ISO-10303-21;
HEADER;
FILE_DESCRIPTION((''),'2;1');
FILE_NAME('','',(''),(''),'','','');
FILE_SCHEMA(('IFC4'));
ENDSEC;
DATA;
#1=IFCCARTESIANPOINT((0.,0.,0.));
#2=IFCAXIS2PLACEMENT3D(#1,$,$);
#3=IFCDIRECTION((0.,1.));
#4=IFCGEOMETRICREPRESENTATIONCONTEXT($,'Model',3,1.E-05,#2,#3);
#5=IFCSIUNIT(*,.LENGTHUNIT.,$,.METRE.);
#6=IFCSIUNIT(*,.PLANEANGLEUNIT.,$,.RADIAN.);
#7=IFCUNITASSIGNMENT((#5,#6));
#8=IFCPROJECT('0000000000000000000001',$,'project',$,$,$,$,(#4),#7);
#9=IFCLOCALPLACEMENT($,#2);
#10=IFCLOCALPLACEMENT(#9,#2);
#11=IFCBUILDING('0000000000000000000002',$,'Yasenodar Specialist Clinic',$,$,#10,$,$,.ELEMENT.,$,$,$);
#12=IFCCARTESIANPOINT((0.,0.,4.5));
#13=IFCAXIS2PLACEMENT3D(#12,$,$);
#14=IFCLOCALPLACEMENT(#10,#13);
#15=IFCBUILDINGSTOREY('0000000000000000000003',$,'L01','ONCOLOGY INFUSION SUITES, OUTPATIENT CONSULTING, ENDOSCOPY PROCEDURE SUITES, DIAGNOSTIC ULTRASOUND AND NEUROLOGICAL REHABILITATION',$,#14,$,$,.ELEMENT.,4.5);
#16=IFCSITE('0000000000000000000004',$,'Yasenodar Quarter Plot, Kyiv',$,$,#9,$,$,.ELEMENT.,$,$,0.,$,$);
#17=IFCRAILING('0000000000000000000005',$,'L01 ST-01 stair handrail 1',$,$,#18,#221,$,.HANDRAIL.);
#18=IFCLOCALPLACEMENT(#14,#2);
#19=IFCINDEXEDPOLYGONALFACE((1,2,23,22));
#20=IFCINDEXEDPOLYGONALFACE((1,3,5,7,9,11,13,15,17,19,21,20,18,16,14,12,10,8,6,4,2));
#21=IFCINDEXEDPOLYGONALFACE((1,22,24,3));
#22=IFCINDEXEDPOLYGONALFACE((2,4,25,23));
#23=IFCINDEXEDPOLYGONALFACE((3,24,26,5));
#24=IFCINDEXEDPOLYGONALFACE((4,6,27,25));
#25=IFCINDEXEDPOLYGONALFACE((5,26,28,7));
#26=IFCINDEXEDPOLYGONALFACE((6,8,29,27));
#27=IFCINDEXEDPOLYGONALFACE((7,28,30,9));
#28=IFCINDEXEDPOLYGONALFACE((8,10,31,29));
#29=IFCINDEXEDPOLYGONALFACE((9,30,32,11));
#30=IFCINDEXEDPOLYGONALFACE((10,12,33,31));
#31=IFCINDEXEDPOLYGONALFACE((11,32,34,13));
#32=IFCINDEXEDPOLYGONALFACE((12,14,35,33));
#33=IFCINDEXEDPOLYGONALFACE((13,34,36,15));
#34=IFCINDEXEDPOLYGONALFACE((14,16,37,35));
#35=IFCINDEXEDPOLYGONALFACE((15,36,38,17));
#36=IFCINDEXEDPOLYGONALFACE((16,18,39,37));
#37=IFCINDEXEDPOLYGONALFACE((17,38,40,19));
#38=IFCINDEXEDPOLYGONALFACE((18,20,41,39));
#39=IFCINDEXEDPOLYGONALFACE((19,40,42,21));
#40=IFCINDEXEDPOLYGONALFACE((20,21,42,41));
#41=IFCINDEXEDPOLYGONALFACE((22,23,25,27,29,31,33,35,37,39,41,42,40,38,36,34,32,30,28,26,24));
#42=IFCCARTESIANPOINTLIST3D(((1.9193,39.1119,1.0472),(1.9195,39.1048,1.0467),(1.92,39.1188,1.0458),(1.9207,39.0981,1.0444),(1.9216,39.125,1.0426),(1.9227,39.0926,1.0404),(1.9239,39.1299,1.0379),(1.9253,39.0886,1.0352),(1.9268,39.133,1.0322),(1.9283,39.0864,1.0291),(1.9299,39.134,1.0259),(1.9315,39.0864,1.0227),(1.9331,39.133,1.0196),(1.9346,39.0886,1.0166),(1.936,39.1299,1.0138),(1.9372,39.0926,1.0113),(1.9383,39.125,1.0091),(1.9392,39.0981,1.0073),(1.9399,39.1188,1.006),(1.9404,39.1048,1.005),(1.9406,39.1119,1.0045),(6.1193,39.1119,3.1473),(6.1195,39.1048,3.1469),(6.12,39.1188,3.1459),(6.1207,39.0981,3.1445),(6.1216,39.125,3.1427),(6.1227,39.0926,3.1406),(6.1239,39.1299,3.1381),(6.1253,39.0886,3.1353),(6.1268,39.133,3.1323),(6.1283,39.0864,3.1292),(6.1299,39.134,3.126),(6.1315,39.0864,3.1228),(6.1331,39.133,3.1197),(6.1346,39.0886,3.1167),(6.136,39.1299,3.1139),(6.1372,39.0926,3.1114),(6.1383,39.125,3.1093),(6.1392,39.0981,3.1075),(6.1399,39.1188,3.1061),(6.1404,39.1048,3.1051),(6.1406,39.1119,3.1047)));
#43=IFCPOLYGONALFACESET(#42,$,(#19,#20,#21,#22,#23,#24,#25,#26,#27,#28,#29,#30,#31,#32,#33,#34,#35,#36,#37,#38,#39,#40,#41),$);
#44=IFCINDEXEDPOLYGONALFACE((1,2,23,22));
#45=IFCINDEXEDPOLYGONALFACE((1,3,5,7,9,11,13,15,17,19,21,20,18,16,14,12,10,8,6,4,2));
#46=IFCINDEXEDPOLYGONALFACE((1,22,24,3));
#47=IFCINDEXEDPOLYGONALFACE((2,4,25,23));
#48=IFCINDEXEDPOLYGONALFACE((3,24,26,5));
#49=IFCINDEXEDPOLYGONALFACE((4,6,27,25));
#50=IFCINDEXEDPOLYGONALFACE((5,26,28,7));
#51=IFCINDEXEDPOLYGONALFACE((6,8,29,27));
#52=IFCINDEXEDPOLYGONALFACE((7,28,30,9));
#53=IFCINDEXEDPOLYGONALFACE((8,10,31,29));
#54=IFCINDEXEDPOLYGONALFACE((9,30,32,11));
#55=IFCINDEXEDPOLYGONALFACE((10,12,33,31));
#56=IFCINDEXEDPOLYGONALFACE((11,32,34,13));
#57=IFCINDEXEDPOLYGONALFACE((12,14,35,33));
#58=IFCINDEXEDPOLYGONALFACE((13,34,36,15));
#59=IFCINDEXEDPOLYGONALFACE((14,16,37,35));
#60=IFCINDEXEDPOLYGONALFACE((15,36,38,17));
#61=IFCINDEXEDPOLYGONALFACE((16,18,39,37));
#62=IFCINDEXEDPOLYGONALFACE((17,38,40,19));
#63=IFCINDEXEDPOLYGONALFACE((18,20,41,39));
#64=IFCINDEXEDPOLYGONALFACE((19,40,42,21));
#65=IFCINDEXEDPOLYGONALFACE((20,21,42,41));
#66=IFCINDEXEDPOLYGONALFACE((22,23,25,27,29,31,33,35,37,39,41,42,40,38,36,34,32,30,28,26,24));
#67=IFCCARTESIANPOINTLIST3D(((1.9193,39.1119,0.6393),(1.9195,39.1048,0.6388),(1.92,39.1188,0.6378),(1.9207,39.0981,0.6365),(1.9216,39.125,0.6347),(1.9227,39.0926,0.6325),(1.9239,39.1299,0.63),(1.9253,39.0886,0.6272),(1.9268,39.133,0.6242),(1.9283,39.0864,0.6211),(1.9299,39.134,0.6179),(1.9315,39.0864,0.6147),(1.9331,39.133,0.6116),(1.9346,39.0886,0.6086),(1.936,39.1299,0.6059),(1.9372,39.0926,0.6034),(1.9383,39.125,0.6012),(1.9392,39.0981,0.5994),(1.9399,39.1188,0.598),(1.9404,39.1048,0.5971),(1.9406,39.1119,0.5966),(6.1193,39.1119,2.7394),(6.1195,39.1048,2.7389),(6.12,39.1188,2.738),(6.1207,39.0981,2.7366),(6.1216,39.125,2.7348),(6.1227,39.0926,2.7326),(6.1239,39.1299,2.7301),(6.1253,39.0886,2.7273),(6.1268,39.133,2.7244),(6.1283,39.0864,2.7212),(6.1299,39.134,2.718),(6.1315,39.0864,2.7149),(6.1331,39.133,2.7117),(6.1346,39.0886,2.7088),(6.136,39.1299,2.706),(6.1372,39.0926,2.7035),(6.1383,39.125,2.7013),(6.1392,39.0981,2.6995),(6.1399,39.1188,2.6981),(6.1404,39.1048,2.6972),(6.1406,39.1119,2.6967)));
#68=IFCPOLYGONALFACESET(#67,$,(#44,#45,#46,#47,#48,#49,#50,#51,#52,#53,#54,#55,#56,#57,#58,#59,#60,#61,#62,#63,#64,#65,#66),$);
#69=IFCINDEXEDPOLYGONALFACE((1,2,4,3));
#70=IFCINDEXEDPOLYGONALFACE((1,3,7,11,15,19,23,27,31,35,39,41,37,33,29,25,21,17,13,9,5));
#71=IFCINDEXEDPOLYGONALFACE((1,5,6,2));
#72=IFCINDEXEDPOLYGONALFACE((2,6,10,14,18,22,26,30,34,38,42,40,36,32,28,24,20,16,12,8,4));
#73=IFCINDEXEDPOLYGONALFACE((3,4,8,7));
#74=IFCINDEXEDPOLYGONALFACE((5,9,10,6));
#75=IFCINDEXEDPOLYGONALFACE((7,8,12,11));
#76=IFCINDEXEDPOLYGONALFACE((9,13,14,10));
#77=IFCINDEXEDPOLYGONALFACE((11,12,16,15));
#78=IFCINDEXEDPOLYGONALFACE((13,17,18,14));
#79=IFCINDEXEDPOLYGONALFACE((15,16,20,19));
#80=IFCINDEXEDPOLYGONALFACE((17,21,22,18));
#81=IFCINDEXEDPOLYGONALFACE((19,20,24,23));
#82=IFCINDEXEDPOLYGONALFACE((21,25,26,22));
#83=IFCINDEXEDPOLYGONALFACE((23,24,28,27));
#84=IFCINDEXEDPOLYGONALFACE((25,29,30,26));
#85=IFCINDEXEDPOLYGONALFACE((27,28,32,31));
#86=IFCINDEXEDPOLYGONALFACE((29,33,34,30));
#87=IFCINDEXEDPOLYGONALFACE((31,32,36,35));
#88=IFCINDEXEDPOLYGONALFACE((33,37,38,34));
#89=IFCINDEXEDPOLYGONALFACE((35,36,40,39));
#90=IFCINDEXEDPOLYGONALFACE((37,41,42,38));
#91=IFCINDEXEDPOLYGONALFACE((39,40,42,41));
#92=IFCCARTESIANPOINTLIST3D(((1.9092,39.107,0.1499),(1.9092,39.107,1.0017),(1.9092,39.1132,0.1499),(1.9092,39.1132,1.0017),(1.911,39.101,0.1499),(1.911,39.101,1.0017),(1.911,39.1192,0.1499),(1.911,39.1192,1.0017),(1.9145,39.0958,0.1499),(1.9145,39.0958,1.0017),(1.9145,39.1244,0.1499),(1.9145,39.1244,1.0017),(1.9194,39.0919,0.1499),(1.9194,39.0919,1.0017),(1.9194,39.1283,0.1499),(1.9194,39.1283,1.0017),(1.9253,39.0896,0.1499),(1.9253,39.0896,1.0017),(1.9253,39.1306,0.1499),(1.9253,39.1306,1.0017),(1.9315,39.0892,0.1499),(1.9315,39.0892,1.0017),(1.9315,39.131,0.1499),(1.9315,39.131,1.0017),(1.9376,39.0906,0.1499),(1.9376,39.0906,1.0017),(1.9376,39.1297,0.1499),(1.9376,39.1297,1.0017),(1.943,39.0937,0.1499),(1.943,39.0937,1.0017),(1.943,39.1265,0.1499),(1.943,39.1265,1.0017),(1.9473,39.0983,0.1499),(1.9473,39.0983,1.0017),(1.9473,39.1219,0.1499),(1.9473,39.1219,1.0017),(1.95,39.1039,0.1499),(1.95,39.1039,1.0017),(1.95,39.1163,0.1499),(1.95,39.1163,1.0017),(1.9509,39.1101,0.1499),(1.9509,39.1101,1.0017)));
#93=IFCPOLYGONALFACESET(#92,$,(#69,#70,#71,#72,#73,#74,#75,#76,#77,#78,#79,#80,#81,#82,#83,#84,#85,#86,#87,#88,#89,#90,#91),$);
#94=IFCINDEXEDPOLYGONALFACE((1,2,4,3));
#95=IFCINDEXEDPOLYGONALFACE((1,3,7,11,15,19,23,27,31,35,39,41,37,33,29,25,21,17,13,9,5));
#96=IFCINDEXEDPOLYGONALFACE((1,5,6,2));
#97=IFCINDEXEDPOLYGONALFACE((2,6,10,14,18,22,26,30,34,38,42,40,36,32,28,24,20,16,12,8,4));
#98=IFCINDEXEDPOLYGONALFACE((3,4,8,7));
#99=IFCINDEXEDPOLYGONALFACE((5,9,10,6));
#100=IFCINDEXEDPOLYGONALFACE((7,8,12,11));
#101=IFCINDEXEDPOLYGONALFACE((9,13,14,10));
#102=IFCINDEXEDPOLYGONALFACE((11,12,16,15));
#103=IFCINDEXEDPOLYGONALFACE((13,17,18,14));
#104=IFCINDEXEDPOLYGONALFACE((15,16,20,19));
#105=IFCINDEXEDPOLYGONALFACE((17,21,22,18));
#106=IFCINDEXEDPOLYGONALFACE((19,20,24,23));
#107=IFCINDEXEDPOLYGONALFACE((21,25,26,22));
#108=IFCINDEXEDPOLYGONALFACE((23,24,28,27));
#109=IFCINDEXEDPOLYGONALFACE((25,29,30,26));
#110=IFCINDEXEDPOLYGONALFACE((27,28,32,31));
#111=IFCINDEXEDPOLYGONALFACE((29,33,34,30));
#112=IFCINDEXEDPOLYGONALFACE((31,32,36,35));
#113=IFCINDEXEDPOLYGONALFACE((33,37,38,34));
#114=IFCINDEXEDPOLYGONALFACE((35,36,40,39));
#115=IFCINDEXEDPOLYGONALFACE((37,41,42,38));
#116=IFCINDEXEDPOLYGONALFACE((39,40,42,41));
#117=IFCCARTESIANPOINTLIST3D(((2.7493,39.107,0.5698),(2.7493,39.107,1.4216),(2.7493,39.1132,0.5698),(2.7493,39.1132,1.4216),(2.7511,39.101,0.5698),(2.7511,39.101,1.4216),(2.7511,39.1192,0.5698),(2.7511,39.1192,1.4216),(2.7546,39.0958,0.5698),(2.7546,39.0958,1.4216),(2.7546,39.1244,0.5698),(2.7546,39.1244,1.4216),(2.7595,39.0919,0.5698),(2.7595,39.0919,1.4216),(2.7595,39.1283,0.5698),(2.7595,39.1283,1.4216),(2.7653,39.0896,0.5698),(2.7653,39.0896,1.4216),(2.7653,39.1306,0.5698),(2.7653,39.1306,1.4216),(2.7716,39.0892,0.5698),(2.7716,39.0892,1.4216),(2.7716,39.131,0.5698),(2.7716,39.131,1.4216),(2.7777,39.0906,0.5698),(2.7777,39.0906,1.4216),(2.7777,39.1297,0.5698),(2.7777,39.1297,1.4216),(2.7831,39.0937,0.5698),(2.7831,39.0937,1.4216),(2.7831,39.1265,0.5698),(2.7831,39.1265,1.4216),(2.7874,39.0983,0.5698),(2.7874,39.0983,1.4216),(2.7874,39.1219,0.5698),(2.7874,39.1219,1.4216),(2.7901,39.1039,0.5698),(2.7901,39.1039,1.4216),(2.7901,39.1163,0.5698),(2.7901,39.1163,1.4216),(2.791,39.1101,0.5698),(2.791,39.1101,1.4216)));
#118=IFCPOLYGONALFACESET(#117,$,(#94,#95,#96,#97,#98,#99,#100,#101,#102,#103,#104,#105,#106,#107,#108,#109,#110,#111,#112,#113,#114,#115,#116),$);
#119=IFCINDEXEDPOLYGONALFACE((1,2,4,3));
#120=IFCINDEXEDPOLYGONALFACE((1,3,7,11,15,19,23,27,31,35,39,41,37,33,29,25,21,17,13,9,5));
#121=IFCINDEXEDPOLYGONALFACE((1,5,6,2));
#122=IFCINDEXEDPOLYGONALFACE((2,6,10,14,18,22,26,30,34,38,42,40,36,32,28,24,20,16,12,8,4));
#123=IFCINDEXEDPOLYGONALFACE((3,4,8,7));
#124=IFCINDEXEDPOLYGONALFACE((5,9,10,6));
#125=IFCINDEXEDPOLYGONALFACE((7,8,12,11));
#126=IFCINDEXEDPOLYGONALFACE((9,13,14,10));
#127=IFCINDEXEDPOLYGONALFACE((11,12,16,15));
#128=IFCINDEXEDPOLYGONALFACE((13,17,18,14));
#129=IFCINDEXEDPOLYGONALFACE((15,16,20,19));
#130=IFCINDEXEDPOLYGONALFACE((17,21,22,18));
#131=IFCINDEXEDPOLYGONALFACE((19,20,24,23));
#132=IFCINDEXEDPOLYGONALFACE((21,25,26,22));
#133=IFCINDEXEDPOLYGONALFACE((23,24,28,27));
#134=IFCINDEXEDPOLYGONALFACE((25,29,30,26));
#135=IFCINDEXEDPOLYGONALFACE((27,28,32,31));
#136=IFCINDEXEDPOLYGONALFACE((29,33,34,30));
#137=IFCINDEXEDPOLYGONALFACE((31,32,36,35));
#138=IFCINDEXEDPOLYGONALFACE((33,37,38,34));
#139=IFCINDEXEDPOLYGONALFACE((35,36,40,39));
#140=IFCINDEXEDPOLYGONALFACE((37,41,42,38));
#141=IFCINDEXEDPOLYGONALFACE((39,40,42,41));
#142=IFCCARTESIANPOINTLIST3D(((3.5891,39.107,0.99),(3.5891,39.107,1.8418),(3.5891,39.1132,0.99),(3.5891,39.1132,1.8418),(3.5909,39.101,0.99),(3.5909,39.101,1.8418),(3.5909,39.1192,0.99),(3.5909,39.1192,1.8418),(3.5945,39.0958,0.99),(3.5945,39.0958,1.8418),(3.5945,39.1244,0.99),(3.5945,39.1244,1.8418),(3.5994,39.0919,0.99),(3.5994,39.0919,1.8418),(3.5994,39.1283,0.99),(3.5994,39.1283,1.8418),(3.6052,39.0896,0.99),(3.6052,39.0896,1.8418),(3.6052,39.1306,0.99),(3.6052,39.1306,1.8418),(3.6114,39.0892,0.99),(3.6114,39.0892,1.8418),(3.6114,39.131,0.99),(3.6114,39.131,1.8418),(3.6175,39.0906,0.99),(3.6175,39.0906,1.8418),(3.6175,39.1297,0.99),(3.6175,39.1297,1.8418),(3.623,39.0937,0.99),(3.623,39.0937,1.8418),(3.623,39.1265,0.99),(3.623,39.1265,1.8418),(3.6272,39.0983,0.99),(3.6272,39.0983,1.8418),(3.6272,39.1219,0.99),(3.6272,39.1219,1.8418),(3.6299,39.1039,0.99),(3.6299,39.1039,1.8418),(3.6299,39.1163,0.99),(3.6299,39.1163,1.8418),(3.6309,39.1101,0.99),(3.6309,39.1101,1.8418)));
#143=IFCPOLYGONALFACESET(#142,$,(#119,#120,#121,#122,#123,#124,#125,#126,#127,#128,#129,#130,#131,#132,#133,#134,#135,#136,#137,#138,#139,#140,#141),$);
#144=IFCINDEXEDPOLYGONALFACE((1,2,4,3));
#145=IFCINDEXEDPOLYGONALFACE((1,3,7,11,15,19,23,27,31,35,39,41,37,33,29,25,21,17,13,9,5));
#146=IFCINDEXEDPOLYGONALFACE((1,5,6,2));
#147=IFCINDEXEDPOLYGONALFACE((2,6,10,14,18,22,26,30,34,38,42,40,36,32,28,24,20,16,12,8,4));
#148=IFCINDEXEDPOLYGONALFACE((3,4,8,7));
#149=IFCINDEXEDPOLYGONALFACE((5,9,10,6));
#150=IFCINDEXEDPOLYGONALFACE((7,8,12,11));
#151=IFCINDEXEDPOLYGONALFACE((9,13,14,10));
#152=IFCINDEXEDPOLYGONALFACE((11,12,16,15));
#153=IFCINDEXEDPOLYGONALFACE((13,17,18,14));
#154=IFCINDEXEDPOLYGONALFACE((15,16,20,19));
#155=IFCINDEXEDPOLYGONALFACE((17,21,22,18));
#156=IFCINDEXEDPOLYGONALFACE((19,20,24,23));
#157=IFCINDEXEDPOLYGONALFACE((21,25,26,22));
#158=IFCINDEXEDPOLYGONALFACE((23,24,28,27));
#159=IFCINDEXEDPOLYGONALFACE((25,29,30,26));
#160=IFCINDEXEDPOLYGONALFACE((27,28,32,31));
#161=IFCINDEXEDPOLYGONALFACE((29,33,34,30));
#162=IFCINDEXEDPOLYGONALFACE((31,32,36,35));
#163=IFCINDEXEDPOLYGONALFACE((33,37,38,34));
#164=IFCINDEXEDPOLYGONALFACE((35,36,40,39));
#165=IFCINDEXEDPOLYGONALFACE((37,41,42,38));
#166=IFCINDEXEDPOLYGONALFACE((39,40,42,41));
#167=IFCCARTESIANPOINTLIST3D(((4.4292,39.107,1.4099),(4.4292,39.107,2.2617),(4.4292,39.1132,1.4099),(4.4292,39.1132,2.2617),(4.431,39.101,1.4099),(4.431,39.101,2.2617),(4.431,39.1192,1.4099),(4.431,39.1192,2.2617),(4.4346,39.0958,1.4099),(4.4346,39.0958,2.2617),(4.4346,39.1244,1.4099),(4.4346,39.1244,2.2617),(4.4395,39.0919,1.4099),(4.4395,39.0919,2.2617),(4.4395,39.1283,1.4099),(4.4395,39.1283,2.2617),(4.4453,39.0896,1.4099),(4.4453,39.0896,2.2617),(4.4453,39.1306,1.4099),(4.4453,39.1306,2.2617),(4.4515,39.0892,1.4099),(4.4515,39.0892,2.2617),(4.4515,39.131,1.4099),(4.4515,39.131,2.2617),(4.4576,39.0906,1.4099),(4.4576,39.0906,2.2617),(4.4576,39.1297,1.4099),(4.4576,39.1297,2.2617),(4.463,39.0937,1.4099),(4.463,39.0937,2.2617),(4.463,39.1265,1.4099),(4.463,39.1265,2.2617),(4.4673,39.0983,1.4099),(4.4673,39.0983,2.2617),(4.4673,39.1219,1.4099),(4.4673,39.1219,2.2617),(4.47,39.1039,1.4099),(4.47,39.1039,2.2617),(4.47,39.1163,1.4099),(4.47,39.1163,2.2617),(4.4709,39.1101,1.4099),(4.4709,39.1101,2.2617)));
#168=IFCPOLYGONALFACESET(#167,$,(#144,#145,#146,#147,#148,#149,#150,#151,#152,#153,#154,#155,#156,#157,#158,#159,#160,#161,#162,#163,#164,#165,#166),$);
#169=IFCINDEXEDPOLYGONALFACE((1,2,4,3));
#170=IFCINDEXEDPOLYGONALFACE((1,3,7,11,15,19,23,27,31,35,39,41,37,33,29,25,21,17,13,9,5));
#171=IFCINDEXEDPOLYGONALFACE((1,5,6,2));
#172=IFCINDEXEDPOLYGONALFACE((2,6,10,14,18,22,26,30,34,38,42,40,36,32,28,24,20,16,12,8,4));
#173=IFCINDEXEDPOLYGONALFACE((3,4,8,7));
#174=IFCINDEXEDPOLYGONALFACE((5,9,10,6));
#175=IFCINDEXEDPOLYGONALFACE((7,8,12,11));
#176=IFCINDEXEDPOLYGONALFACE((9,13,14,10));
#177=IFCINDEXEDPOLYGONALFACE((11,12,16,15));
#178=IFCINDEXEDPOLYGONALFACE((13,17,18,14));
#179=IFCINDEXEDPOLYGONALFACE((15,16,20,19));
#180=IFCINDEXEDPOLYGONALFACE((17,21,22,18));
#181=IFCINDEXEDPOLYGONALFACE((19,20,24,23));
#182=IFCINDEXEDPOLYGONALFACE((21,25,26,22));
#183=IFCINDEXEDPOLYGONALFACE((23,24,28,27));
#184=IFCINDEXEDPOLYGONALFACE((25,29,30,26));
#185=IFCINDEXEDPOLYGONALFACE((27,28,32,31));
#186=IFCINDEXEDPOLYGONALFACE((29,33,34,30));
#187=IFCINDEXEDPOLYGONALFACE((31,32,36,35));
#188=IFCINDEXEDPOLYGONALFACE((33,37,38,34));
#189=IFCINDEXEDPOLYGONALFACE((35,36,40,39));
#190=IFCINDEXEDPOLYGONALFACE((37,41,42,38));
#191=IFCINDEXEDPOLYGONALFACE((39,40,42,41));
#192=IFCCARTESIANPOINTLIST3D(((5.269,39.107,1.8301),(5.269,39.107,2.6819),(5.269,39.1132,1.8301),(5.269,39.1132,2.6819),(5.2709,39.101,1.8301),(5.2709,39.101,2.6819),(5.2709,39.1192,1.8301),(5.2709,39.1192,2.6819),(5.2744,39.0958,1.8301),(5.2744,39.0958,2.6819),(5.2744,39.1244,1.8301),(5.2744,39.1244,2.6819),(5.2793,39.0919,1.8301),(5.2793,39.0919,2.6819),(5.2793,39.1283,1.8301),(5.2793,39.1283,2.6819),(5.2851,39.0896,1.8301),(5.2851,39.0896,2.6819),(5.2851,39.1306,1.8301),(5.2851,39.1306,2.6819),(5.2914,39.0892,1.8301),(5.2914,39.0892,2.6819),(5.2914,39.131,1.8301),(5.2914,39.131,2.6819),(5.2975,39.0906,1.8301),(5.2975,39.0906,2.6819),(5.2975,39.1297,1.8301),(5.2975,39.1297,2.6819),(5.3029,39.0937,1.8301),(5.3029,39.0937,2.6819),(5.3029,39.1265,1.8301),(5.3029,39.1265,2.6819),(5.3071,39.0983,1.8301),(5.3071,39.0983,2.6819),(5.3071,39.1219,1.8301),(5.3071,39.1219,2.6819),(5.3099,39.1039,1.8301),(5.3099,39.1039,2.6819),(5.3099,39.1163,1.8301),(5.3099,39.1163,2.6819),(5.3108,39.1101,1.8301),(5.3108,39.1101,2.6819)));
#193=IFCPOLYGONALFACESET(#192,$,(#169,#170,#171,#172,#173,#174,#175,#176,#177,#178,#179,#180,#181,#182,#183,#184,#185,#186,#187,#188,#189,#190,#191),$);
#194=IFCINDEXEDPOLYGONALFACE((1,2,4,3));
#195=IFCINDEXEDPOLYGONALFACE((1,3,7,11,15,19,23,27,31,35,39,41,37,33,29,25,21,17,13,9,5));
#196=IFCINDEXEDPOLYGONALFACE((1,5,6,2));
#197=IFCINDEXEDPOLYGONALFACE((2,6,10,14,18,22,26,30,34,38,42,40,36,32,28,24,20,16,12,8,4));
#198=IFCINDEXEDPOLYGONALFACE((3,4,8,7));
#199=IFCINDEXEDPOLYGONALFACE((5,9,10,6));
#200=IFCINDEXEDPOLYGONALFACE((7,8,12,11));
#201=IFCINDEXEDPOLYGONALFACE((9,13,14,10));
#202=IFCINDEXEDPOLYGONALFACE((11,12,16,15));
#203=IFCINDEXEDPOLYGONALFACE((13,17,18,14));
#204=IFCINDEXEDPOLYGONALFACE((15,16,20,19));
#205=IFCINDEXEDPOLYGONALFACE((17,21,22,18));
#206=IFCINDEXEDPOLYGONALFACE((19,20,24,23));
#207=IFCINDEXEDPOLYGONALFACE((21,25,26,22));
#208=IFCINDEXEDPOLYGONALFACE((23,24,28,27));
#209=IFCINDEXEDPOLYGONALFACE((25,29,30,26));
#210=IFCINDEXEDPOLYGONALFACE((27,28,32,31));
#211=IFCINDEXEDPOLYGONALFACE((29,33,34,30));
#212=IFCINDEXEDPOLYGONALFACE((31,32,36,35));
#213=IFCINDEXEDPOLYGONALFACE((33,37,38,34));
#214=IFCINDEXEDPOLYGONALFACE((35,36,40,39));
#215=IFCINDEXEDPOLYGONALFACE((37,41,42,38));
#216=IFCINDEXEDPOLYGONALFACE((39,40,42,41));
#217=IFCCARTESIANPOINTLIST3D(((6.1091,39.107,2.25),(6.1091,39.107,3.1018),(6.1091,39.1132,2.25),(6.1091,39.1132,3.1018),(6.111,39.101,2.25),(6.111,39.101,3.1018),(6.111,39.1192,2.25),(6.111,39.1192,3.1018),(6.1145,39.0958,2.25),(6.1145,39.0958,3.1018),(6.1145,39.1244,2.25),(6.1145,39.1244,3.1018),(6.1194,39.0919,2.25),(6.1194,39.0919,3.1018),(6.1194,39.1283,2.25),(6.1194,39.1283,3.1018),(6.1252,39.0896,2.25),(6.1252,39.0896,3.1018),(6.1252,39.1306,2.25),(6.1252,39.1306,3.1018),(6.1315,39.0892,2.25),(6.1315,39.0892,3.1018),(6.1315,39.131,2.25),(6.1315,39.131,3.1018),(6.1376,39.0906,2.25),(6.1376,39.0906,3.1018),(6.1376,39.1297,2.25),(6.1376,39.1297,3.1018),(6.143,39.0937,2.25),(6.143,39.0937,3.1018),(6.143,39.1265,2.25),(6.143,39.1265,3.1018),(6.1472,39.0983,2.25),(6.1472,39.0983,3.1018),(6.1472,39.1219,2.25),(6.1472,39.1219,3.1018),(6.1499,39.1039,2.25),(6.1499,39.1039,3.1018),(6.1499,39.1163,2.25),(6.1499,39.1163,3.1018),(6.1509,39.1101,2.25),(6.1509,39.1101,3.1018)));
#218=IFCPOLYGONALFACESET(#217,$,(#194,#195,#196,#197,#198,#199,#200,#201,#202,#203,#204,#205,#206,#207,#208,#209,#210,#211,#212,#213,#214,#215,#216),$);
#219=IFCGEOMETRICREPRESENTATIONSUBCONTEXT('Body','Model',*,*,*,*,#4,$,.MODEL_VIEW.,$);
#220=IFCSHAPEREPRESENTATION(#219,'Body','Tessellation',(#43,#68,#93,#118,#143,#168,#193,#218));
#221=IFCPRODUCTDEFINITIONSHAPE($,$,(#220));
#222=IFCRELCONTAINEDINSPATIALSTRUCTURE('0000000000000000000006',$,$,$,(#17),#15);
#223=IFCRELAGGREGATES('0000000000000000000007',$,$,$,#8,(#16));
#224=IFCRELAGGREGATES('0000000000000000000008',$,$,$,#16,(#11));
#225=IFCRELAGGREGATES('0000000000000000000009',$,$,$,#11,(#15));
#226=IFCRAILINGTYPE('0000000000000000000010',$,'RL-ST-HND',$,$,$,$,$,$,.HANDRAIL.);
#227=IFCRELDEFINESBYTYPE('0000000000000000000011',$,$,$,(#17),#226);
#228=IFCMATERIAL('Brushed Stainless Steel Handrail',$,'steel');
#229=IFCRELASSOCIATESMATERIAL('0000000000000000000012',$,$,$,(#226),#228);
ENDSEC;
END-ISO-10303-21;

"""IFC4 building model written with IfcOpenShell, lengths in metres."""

from ifc_helpers import new_model, si_unit, direction, frame, origin, origin_2d, place, context, subcontext, project, spatial, circle, extrude, material, type_object, element, save


model = new_model("IFC4")

# Units and contexts
model_context = context("Model", 3, precision=1e-05, world=origin(), true_north=direction((0.0, 1.0)))
body_context = subcontext(model_context, "Body", "Model", "MODEL_VIEW")
ifc_project = project(units=[si_unit("LENGTHUNIT", "METRE"), si_unit("PLANEANGLEUNIT", "RADIAN")], contexts=[model_context])

# Site, building, storey
site_placement = place(None, origin())
site = spatial("IfcSite", under=ifc_project, at=site_placement, Name="Yasenodar Quarter Plot, Kyiv", CompositionType="ELEMENT", RefElevation=0.0)
building_placement = place(site_placement, origin())
building = spatial("IfcBuilding", under=site, at=building_placement, Name="Yasenodar Specialist Clinic", CompositionType="ELEMENT")
storey_placement = place(building_placement, frame((0.0, 0.0, 4.5)))
storey = spatial("IfcBuildingStorey", under=building, at=storey_placement, Name="L01", Description="ONCOLOGY INFUSION SUITES, OUTPATIENT CONSULTING, ENDOSCOPY PROCEDURE SUITES, DIAGNOSTIC ULTRASOUND AND NEUROLOGICAL REHABILITATION", CompositionType="ELEMENT", Elevation=4.5)

# Railing
ifc_material_1 = material(Name="Brushed Stainless Steel Handrail", Category="steel")
railing_type_1 = type_object("IfcRailingType", Name="RL-ST-HND", PredefinedType="HANDRAIL", material=ifc_material_1)
railing_1_placement = place(storey_placement, frame((1.9299, 39.1101, 0.1499)))
element("IfcRailing", 1, at=railing_1_placement, inside=storey, type_object=railing_type_1, Name="L01 ST-01 stair handrail 1", PredefinedType="HANDRAIL", context=body_context, shape_type="SweptSolid", body=[
    extrude(circle(Radius=0.0239, at=origin_2d()), frame((0.0, 0.0, 0.876), z_axis=(0.894417, 0.0, 0.447234), x_axis=(0.0, 1.0, 0.0)), (0.0, 0.0, 1.0), 4.6958),
    extrude(circle(Radius=0.0239, at=origin_2d()), frame((0.0, 0.0, 0.468), z_axis=(0.894417, 0.0, 0.447234), x_axis=(0.0, 1.0, 0.0)), (0.0, 0.0, 1.0), 4.6958),
    extrude(circle(Radius=0.021, at=origin_2d()), origin(), (0.0, 0.0, 1.0), 0.8518),
    extrude(circle(Radius=0.021, at=origin_2d()), frame((0.8401, 0.0, 0.4199)), (0.0, 0.0, 1.0), 0.8518),
    extrude(circle(Radius=0.021, at=origin_2d()), frame((1.6799, 0.0, 0.8401)), (0.0, 0.0, 1.0), 0.8518),
    extrude(circle(Radius=0.021, at=origin_2d()), frame((2.52, 0.0, 1.26)), (0.0, 0.0, 1.0), 0.8518),
    extrude(circle(Radius=0.021, at=origin_2d()), frame((3.3599, 0.0, 1.6802)), (0.0, 0.0, 1.0), 0.8518),
    extrude(circle(Radius=0.021, at=origin_2d()), frame((4.2, 0.0, 2.1001)), (0.0, 0.0, 1.0), 0.8518),
])

save(model, "model.ifc")
